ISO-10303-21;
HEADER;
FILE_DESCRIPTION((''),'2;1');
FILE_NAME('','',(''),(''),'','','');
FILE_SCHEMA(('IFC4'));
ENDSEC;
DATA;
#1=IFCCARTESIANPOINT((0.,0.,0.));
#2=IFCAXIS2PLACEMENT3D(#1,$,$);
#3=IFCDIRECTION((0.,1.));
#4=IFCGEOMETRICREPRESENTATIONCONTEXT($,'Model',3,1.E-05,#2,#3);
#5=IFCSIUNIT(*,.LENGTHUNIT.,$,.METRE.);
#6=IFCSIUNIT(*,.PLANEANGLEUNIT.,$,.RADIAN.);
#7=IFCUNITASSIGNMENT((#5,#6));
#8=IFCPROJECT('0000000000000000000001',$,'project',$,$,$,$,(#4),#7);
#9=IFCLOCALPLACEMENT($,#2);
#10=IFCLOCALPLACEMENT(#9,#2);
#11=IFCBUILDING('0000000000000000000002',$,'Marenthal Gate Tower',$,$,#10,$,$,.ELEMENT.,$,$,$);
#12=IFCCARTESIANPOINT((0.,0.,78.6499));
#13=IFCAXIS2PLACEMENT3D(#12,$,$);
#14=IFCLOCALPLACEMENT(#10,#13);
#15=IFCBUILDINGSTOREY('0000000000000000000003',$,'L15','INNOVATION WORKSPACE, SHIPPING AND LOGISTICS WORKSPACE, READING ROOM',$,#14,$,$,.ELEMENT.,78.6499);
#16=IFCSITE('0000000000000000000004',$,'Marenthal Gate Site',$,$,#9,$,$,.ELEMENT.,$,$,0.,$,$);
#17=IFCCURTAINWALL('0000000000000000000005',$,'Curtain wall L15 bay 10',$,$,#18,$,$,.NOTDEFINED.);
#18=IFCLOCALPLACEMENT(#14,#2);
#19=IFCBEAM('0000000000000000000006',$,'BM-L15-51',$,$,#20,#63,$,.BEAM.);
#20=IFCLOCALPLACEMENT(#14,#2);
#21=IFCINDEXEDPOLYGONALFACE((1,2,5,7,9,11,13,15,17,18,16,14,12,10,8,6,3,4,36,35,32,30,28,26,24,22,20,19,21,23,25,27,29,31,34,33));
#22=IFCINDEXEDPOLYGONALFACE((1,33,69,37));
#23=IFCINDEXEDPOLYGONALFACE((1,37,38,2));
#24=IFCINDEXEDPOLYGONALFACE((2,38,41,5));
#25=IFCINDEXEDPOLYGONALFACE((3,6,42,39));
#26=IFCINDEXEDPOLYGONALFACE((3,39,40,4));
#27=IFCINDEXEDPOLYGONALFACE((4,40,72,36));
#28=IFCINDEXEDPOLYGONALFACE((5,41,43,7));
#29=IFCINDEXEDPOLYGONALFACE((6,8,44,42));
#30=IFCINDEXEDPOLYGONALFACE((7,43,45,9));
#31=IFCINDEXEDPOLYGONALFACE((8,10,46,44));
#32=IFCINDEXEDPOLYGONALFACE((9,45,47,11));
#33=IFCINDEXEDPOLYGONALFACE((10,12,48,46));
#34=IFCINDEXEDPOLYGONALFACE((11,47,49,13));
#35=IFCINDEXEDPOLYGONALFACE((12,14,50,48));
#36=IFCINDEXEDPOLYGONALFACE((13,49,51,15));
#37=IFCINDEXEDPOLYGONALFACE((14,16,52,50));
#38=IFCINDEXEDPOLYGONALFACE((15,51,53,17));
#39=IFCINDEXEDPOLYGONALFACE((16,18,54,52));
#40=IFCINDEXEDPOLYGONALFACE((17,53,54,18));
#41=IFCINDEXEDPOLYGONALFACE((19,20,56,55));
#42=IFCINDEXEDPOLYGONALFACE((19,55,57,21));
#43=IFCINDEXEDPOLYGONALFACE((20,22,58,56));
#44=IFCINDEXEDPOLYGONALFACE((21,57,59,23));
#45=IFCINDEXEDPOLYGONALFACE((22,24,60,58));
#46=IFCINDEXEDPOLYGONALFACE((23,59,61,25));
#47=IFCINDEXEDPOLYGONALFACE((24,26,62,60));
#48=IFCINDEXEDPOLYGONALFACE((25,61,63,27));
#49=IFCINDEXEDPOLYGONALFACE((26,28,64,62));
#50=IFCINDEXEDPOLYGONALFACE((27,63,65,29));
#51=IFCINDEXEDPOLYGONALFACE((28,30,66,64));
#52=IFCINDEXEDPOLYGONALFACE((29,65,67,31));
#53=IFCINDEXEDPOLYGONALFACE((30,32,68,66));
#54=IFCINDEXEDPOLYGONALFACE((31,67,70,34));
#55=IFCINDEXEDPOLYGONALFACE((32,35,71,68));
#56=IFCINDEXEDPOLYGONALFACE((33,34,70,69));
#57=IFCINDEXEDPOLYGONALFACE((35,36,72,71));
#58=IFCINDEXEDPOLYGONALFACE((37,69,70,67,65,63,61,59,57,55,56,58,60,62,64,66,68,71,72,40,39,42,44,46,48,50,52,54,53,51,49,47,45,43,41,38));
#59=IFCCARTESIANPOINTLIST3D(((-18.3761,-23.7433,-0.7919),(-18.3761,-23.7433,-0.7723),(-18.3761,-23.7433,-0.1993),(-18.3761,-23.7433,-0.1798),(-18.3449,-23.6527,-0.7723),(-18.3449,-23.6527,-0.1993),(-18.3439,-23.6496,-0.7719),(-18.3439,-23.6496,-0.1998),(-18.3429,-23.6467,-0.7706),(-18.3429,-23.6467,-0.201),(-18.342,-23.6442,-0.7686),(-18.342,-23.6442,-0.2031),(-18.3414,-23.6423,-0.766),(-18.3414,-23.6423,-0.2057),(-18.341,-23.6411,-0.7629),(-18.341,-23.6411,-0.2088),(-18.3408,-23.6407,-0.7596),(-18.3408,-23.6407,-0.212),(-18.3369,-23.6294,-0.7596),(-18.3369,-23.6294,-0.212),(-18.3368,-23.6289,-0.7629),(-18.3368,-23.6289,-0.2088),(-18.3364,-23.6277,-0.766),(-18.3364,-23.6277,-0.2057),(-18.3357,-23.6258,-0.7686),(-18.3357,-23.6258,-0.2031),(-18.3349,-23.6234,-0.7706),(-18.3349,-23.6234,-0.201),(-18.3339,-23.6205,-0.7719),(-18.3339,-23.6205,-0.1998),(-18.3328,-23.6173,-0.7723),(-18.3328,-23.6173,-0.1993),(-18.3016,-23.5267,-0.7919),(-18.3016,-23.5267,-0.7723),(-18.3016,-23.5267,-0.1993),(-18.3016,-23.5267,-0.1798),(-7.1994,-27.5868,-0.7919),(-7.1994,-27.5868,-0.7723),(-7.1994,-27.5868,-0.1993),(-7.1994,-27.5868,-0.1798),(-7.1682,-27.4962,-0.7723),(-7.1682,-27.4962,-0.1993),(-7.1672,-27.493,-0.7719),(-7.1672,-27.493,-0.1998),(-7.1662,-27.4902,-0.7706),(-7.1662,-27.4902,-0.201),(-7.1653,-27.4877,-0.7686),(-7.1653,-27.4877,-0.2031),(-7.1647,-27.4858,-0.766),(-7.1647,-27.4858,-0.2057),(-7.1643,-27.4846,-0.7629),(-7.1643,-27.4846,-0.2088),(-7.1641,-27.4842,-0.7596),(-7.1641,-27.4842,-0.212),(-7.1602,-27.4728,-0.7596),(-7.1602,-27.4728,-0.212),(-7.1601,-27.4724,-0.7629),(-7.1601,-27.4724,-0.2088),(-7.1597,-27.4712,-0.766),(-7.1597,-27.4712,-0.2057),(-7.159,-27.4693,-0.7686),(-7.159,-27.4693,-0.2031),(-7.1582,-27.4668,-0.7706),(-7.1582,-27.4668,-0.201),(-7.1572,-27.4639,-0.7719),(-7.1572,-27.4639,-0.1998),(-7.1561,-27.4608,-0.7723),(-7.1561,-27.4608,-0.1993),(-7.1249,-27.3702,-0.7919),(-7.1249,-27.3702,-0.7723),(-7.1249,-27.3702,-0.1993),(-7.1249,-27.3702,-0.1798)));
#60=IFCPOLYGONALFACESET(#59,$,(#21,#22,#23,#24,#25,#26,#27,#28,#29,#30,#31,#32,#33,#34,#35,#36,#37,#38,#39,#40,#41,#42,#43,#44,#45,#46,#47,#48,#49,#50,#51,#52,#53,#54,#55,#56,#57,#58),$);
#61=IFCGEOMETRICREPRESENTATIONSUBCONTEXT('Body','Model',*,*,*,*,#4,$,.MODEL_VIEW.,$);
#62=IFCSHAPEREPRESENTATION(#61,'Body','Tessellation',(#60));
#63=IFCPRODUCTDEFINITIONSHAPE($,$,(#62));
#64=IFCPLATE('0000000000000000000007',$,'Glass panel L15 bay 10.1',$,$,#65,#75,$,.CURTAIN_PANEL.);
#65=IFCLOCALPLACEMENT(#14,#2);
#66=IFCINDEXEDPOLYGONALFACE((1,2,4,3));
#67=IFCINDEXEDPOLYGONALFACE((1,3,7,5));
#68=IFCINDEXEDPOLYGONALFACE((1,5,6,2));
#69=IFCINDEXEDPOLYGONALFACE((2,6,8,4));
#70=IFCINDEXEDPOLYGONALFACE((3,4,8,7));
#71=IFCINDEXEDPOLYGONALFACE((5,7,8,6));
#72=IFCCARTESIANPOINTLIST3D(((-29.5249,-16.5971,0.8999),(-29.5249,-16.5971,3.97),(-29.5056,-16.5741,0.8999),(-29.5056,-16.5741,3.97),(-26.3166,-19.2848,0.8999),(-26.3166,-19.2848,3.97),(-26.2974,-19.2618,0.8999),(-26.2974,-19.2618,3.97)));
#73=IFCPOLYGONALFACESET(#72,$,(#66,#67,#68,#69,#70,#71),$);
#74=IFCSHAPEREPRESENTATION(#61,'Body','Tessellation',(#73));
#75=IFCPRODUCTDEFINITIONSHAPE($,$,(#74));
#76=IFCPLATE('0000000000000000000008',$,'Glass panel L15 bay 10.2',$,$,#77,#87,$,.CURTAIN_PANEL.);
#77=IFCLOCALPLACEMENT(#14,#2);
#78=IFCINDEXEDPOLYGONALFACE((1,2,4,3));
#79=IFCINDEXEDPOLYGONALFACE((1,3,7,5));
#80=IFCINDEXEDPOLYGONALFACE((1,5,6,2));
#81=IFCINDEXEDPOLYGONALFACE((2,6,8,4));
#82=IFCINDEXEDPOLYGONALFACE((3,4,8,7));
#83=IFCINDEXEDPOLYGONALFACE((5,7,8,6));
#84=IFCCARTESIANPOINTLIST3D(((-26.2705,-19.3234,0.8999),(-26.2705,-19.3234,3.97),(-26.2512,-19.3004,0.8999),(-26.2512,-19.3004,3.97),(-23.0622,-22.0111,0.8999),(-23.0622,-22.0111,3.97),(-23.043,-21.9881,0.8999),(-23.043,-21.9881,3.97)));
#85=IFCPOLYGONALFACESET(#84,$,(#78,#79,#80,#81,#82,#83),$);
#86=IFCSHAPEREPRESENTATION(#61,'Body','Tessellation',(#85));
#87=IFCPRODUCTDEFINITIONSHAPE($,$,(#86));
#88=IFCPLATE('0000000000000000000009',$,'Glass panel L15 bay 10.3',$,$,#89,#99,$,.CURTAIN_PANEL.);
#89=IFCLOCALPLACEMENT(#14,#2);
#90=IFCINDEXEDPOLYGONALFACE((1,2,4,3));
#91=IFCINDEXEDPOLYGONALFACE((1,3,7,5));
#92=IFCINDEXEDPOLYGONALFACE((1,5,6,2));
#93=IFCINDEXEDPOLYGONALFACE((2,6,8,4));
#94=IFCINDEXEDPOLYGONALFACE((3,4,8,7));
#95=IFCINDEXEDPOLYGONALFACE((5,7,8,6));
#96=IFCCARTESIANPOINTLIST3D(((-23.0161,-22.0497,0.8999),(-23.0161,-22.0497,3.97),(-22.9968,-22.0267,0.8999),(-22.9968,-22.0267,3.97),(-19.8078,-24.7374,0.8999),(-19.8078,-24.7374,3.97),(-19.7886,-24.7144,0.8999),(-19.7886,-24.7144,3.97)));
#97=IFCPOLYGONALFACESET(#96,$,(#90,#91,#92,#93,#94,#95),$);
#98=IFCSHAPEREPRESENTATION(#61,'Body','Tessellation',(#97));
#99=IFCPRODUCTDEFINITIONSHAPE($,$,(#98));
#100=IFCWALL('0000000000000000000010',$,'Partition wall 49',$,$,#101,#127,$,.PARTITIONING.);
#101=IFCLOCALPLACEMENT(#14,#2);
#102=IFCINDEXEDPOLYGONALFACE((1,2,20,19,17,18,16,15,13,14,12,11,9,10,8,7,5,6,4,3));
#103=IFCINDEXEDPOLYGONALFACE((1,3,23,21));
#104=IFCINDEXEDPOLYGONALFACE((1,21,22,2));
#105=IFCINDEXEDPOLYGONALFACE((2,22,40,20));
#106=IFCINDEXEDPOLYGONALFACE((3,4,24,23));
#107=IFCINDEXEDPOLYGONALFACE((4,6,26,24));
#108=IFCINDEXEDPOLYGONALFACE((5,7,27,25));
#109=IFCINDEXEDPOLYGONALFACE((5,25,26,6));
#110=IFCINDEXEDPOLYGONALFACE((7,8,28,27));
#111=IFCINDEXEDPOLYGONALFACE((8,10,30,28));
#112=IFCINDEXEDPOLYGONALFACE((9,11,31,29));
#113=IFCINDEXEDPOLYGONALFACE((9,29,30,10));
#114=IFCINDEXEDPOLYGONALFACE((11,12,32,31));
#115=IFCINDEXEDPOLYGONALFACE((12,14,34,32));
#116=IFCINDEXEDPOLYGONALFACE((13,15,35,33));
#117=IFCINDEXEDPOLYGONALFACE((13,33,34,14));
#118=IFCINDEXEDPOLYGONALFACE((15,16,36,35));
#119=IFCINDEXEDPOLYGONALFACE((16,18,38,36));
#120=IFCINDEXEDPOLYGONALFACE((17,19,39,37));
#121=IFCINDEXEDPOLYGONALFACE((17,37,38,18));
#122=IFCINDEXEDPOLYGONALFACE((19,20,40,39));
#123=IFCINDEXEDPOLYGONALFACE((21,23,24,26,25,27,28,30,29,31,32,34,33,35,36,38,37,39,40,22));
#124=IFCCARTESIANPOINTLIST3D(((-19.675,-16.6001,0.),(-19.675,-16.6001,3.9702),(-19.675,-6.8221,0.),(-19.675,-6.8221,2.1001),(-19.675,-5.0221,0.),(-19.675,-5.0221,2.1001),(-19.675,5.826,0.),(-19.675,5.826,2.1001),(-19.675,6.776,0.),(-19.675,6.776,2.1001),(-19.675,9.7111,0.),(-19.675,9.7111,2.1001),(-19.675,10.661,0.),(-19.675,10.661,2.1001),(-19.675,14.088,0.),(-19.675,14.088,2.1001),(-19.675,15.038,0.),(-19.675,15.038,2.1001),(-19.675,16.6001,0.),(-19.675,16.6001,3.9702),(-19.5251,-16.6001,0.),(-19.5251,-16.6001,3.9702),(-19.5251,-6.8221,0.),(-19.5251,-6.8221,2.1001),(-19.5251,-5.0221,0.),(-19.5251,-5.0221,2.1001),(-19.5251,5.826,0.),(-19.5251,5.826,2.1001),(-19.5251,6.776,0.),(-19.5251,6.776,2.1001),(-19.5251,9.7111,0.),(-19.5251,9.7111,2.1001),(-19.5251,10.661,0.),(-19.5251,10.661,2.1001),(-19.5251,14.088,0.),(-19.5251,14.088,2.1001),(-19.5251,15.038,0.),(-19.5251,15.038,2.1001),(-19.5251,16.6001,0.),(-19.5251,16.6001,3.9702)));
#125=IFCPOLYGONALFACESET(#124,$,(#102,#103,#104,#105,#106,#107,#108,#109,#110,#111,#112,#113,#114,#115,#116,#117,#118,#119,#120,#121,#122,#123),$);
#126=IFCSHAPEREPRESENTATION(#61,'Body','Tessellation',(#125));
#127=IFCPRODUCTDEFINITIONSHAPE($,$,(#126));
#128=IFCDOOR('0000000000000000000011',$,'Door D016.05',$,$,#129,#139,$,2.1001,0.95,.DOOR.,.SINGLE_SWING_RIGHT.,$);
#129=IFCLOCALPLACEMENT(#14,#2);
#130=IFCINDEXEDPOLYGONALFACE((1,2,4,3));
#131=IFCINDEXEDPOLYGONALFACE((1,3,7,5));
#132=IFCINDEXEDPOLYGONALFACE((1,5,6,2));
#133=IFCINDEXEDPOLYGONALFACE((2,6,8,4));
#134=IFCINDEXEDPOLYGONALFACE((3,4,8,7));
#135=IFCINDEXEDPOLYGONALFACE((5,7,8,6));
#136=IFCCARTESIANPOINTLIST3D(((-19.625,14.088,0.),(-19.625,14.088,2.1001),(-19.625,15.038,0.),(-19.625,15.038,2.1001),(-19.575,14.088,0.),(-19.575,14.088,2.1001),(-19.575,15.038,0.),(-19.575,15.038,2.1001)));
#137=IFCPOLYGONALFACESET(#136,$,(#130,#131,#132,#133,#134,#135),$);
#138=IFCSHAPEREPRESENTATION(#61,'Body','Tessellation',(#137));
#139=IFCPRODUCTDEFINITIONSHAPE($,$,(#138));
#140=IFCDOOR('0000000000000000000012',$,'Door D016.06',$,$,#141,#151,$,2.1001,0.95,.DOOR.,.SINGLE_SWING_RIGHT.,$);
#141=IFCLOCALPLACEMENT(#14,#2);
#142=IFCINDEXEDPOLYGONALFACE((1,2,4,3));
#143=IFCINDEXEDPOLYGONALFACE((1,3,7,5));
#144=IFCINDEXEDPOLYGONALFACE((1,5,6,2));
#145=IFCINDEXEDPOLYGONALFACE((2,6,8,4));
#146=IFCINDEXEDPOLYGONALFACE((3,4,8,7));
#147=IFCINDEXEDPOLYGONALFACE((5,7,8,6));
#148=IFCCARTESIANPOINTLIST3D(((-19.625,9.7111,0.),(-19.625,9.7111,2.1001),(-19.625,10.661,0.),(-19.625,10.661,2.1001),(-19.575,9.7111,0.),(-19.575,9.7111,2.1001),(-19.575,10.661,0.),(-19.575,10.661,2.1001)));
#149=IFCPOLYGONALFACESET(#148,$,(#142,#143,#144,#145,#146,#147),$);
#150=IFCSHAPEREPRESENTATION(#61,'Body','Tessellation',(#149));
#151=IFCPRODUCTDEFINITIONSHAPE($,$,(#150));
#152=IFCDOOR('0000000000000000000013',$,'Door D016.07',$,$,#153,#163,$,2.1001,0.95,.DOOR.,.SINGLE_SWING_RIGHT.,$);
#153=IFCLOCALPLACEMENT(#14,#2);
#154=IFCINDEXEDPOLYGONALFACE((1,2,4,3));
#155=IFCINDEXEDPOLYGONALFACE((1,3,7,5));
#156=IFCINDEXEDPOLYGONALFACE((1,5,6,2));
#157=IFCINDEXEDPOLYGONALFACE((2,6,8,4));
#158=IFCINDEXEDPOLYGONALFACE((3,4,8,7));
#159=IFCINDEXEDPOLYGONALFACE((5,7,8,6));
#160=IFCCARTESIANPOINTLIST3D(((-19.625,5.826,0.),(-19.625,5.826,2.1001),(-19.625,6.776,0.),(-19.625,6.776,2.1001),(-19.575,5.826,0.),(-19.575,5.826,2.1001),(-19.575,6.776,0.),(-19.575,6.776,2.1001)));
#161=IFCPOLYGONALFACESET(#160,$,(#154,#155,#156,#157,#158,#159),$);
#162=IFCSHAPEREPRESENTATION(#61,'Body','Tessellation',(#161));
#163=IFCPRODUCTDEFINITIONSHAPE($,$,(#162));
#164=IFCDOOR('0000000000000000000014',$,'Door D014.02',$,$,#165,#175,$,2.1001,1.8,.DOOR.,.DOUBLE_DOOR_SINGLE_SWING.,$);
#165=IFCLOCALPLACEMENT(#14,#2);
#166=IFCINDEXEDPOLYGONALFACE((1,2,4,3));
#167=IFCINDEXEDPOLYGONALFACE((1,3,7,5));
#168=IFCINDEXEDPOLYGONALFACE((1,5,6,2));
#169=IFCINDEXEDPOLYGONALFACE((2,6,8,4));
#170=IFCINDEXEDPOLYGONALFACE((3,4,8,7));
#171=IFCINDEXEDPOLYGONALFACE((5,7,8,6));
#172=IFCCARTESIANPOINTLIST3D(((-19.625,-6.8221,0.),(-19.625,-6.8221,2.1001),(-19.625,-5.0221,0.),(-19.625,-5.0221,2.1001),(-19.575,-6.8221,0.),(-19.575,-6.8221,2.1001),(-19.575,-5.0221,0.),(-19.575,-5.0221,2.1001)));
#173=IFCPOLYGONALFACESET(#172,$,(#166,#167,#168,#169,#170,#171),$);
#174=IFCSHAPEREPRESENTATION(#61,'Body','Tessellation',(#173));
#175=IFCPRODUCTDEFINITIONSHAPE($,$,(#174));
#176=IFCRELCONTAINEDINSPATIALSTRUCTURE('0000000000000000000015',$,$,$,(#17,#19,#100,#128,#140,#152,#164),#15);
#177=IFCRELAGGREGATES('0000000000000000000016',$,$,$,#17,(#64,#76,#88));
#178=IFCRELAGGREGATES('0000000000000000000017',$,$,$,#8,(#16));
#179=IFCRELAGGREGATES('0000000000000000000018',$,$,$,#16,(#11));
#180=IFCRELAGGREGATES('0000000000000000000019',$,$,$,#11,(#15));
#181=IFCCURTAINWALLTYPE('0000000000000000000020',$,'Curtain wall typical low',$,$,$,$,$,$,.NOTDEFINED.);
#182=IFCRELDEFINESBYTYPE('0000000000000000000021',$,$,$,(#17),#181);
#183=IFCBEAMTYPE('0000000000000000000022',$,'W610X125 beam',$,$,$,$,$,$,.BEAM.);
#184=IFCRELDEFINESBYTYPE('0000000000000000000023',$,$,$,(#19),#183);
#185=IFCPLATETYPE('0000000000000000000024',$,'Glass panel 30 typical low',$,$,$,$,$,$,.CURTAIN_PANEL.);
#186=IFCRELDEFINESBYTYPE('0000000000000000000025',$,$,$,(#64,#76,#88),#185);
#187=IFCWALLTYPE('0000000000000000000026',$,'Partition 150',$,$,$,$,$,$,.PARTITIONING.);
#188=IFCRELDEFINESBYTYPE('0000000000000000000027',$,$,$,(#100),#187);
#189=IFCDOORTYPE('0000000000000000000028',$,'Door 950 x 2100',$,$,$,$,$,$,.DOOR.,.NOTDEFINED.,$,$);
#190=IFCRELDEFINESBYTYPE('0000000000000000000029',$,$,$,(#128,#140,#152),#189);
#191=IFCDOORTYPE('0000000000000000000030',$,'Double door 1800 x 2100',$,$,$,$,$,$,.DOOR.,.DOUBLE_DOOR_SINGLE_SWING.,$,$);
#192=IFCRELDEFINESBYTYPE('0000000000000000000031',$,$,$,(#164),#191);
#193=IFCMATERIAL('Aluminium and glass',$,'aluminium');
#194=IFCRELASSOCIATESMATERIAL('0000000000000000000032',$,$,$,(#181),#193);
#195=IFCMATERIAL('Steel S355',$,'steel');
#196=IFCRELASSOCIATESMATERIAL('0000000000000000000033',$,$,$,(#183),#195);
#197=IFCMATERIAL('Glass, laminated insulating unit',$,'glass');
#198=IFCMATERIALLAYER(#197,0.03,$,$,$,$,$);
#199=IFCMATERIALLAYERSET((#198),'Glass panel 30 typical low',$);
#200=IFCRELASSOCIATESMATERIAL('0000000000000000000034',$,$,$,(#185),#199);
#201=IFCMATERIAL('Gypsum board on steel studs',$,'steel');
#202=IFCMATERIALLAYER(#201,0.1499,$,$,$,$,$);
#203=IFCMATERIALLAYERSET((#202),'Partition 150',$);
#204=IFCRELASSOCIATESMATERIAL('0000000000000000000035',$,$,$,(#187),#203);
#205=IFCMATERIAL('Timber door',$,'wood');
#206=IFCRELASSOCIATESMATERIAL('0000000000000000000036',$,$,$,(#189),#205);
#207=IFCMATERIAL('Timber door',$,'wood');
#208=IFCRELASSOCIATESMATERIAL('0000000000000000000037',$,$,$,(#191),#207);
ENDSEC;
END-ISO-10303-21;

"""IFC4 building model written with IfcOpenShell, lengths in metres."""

from ifc_helpers import new_model, si_unit, direction, frame, frame_2d, origin, origin_2d, place, context, subcontext, project, spatial, rectangle, i_section, extrude, material, layer, layer_set, material_profile, profile_set, type_object, element, fill, aggregate, save


model = new_model("IFC4")

# Units and contexts
model_context = context("Model", 3, precision=1e-05, world=origin(), true_north=direction((0.0, 1.0)))
body_context = subcontext(model_context, "Body", "Model", "MODEL_VIEW")
ifc_project = project(units=[si_unit("LENGTHUNIT", "METRE"), si_unit("PLANEANGLEUNIT", "RADIAN")], contexts=[model_context])

# Site, building, storey
site_placement = place(None, origin())
site = spatial("IfcSite", under=ifc_project, at=site_placement, Name="Marenthal Gate Site", CompositionType="ELEMENT", RefElevation=0.0)
building_placement = place(site_placement, origin())
building = spatial("IfcBuilding", under=site, at=building_placement, Name="Marenthal Gate Tower", CompositionType="ELEMENT")
storey_placement = place(building_placement, frame((0.0, 0.0, 78.6499)))
storey = spatial("IfcBuildingStorey", under=building, at=storey_placement, Name="L15", Description="INNOVATION WORKSPACE, SHIPPING AND LOGISTICS WORKSPACE, READING ROOM", CompositionType="ELEMENT", Elevation=78.6499)

# Curtain wall
ifc_material_1 = material(Name="Aluminium and glass", Category="aluminium")
curtain_wall_type = type_object("IfcCurtainWallType", Name="Curtain wall typical low", PredefinedType="NOTDEFINED", material=ifc_material_1)
curtain_wall_placement = place(storey_placement, origin())
curtain_wall = element("IfcCurtainWall", 1, at=curtain_wall_placement, inside=storey, type_object=curtain_wall_type, Name="Curtain wall L15 bay 10", PredefinedType="NOTDEFINED")

# Beam
ifc_material_2 = material(Name="Steel S355", Category="steel")
ifc_material_profile_1 = material_profile(ifc_material_2, i_section(OverallWidth=0.229, OverallDepth=0.6121, WebThickness=0.012, FlangeThickness=0.0195, FilletRadius=0.0127, at=origin_2d()), Name="W610X125")
ifc_profile_set_1 = profile_set([ifc_material_profile_1], Name="Steel S355")
beam_type_1 = type_object("IfcBeamType", Name="W610X125 beam", PredefinedType="BEAM", material=ifc_profile_set_1)
beam_1_placement = place(storey_placement, frame((-18.3389, -23.635, -0.4858), z_axis=(0.945648, -0.325193, 0.0), x_axis=(0.325193, 0.945648, 0.0)))
element("IfcBeam", 2, at=beam_1_placement, inside=storey, type_object=beam_type_1, Name="BM-L15-51", PredefinedType="BEAM", context=body_context, shape_type="SweptSolid", body=[
    extrude(i_section(OverallWidth=0.229, OverallDepth=0.6121, WebThickness=0.012, FlangeThickness=0.0195, FilletRadius=0.0127, at=origin_2d()), origin(), (0.0, 0.0, 1.0), 11.8191),
])

# Plates
ifc_material_3 = material(Name="Glass, laminated insulating unit", Category="glass")
ifc_layer_1 = layer(ifc_material_3, 0.03)
ifc_layer_set_1 = layer_set([ifc_layer_1], Name="Glass panel 30 typical low")
plate_type = type_object("IfcPlateType", Name="Glass panel 30 typical low", PredefinedType="CURTAIN_PANEL", material=ifc_layer_set_1)
plate_1_placement = place(storey_placement, frame((-27.9111, -17.9294, 0.8999), z_axis=(0.0, 0.0, 1.0), x_axis=(0.766557, -0.642176, 0.0)))
plate_1 = element("IfcPlate", 3, at=plate_1_placement, type_object=plate_type, Name="Glass panel L15 bay 10.1", PredefinedType="CURTAIN_PANEL", context=body_context, shape_type="SweptSolid", body=[
    extrude(rectangle(XDim=4.1853, YDim=0.03, at=origin_2d()), origin(), (0.0, 0.0, 1.0), 3.0701),
])
plate_2_placement = place(storey_placement, frame((-24.6567, -20.6558, 0.8999), z_axis=(0.0, 0.0, 1.0), x_axis=(0.766557, -0.642176, 0.0)))
plate_2 = element("IfcPlate", 4, at=plate_2_placement, type_object=plate_type, Name="Glass panel L15 bay 10.2", PredefinedType="CURTAIN_PANEL", context=body_context, shape_type="SweptSolid", body=[
    extrude(rectangle(XDim=4.1853, YDim=0.03, at=origin_2d()), origin(), (0.0, 0.0, 1.0), 3.0701),
])
plate_3_placement = place(storey_placement, frame((-21.4023, -23.3821, 0.8999), z_axis=(0.0, 0.0, 1.0), x_axis=(0.766557, -0.642176, 0.0)))
plate_3 = element("IfcPlate", 5, at=plate_3_placement, type_object=plate_type, Name="Glass panel L15 bay 10.3", PredefinedType="CURTAIN_PANEL", context=body_context, shape_type="SweptSolid", body=[
    extrude(rectangle(XDim=4.1853, YDim=0.03, at=origin_2d()), origin(), (0.0, 0.0, 1.0), 3.0701),
])
aggregate(curtain_wall, [plate_1, plate_2, plate_3])

# Wall, openings, doors
ifc_material_4 = material(Name="Gypsum board on steel studs", Category="steel")
ifc_layer_2 = layer(ifc_material_4, 0.1499)
ifc_layer_set_2 = layer_set([ifc_layer_2], Name="Partition 150")
wall_type_1 = type_object("IfcWallType", Name="Partition 150", PredefinedType="PARTITIONING", material=ifc_layer_set_2)
wall_1_placement = place(storey_placement, frame((-19.6001, -16.6001, 0.0), z_axis=(0.0, 0.0, 1.0), x_axis=(0.0, 1.0, 0.0)))
wall_1 = element("IfcWall", 6, at=wall_1_placement, inside=storey, type_object=wall_type_1, Name="Partition wall 49", PredefinedType="PARTITIONING", context=body_context, shape_type="SweptSolid", body=[
    extrude(rectangle(XDim=33.2002, YDim=0.1499, at=frame_2d((16.6001, 0.0))), origin(), (0.0, 0.0, 1.0), 3.9702),
])
opening_1_placement = place(wall_1_placement, frame((30.688, 0.0, 0.0)))
opening_1 = element("IfcOpeningElement", 7, at=opening_1_placement, cuts=wall_1, PredefinedType="OPENING", context=body_context, shape_type="SweptSolid", body=[
    extrude(rectangle(XDim=0.95, YDim=2.1001, at=frame_2d((0.4751, 1.05))), frame((0.0, 0.085, 0.0), z_axis=(0.0, -1.0, 0.0), x_axis=(1.0, 0.0, 0.0)), (0.0, 0.0, 1.0), 0.1699),
])
opening_2_placement = place(wall_1_placement, frame((26.311, 0.0, 0.0)))
opening_2 = element("IfcOpeningElement", 8, at=opening_2_placement, cuts=wall_1, PredefinedType="OPENING", context=body_context, shape_type="SweptSolid", body=[
    extrude(rectangle(XDim=0.95, YDim=2.1001, at=frame_2d((0.4751, 1.05))), frame((0.0, 0.085, 0.0), z_axis=(0.0, -1.0, 0.0), x_axis=(1.0, 0.0, 0.0)), (0.0, 0.0, 1.0), 0.1699),
])
opening_3_placement = place(wall_1_placement, frame((22.426, 0.0, 0.0)))
opening_3 = element("IfcOpeningElement", 9, at=opening_3_placement, cuts=wall_1, PredefinedType="OPENING", context=body_context, shape_type="SweptSolid", body=[
    extrude(rectangle(XDim=0.95, YDim=2.1001, at=frame_2d((0.4751, 1.05))), frame((0.0, 0.085, 0.0), z_axis=(0.0, -1.0, 0.0), x_axis=(1.0, 0.0, 0.0)), (0.0, 0.0, 1.0), 0.1699),
])
opening_4_placement = place(wall_1_placement, frame((9.7781, 0.0, 0.0)))
opening_4 = element("IfcOpeningElement", 10, at=opening_4_placement, cuts=wall_1, PredefinedType="OPENING", context=body_context, shape_type="SweptSolid", body=[
    extrude(rectangle(XDim=1.8, YDim=2.1001, at=frame_2d((0.8999, 1.05))), frame((0.0, 0.085, 0.0), z_axis=(0.0, -1.0, 0.0), x_axis=(1.0, 0.0, 0.0)), (0.0, 0.0, 1.0), 0.1699),
])
ifc_material_5 = material(Name="Timber door", Category="wood")
door_type_1 = type_object("IfcDoorType", Name="Door 950 x 2100", OperationType="NOTDEFINED", PredefinedType="DOOR", material=ifc_material_5)
door_1_placement = place(opening_1_placement, origin())
door_1 = element("IfcDoor", 11, at=door_1_placement, inside=storey, type_object=door_type_1, Name="Door D016.05", OperationType="SINGLE_SWING_RIGHT", OverallHeight=2.1001, OverallWidth=0.95, PredefinedType="DOOR", context=body_context, shape_type="SweptSolid", body=[
    extrude(rectangle(XDim=0.95, YDim=2.1001, at=frame_2d((0.4751, 1.05))), frame((0.0, 0.0249, 0.0), z_axis=(0.0, -1.0, 0.0), x_axis=(1.0, 0.0, 0.0)), (0.0, 0.0, 1.0), 0.05),
])
fill(opening_1, door_1)
door_2_placement = place(opening_2_placement, origin())
door_2 = element("IfcDoor", 12, at=door_2_placement, inside=storey, type_object=door_type_1, Name="Door D016.06", OperationType="SINGLE_SWING_RIGHT", OverallHeight=2.1001, OverallWidth=0.95, PredefinedType="DOOR", context=body_context, shape_type="SweptSolid", body=[
    extrude(rectangle(XDim=0.95, YDim=2.1001, at=frame_2d((0.4751, 1.05))), frame((0.0, 0.0249, 0.0), z_axis=(0.0, -1.0, 0.0), x_axis=(1.0, 0.0, 0.0)), (0.0, 0.0, 1.0), 0.05),
])
fill(opening_2, door_2)
door_3_placement = place(opening_3_placement, origin())
door_3 = element("IfcDoor", 13, at=door_3_placement, inside=storey, type_object=door_type_1, Name="Door D016.07", OperationType="SINGLE_SWING_RIGHT", OverallHeight=2.1001, OverallWidth=0.95, PredefinedType="DOOR", context=body_context, shape_type="SweptSolid", body=[
    extrude(rectangle(XDim=0.95, YDim=2.1001, at=frame_2d((0.4751, 1.05))), frame((0.0, 0.0249, 0.0), z_axis=(0.0, -1.0, 0.0), x_axis=(1.0, 0.0, 0.0)), (0.0, 0.0, 1.0), 0.05),
])
fill(opening_3, door_3)
ifc_material_6 = material(Name="Timber door", Category="wood")
door_type_2 = type_object("IfcDoorType", Name="Double door 1800 x 2100", OperationType="DOUBLE_DOOR_SINGLE_SWING", PredefinedType="DOOR", material=ifc_material_6)
door_4_placement = place(opening_4_placement, origin())
door_4 = element("IfcDoor", 14, at=door_4_placement, inside=storey, type_object=door_type_2, Name="Door D014.02", OperationType="DOUBLE_DOOR_SINGLE_SWING", OverallHeight=2.1001, OverallWidth=1.8, PredefinedType="DOOR", context=body_context, shape_type="SweptSolid", body=[
    extrude(rectangle(XDim=1.8, YDim=2.1001, at=frame_2d((0.8999, 1.05))), frame((0.0, 0.0249, 0.0), z_axis=(0.0, -1.0, 0.0), x_axis=(1.0, 0.0, 0.0)), (0.0, 0.0, 1.0), 0.05),
])
fill(opening_4, door_4)

save(model, "model.ifc")
